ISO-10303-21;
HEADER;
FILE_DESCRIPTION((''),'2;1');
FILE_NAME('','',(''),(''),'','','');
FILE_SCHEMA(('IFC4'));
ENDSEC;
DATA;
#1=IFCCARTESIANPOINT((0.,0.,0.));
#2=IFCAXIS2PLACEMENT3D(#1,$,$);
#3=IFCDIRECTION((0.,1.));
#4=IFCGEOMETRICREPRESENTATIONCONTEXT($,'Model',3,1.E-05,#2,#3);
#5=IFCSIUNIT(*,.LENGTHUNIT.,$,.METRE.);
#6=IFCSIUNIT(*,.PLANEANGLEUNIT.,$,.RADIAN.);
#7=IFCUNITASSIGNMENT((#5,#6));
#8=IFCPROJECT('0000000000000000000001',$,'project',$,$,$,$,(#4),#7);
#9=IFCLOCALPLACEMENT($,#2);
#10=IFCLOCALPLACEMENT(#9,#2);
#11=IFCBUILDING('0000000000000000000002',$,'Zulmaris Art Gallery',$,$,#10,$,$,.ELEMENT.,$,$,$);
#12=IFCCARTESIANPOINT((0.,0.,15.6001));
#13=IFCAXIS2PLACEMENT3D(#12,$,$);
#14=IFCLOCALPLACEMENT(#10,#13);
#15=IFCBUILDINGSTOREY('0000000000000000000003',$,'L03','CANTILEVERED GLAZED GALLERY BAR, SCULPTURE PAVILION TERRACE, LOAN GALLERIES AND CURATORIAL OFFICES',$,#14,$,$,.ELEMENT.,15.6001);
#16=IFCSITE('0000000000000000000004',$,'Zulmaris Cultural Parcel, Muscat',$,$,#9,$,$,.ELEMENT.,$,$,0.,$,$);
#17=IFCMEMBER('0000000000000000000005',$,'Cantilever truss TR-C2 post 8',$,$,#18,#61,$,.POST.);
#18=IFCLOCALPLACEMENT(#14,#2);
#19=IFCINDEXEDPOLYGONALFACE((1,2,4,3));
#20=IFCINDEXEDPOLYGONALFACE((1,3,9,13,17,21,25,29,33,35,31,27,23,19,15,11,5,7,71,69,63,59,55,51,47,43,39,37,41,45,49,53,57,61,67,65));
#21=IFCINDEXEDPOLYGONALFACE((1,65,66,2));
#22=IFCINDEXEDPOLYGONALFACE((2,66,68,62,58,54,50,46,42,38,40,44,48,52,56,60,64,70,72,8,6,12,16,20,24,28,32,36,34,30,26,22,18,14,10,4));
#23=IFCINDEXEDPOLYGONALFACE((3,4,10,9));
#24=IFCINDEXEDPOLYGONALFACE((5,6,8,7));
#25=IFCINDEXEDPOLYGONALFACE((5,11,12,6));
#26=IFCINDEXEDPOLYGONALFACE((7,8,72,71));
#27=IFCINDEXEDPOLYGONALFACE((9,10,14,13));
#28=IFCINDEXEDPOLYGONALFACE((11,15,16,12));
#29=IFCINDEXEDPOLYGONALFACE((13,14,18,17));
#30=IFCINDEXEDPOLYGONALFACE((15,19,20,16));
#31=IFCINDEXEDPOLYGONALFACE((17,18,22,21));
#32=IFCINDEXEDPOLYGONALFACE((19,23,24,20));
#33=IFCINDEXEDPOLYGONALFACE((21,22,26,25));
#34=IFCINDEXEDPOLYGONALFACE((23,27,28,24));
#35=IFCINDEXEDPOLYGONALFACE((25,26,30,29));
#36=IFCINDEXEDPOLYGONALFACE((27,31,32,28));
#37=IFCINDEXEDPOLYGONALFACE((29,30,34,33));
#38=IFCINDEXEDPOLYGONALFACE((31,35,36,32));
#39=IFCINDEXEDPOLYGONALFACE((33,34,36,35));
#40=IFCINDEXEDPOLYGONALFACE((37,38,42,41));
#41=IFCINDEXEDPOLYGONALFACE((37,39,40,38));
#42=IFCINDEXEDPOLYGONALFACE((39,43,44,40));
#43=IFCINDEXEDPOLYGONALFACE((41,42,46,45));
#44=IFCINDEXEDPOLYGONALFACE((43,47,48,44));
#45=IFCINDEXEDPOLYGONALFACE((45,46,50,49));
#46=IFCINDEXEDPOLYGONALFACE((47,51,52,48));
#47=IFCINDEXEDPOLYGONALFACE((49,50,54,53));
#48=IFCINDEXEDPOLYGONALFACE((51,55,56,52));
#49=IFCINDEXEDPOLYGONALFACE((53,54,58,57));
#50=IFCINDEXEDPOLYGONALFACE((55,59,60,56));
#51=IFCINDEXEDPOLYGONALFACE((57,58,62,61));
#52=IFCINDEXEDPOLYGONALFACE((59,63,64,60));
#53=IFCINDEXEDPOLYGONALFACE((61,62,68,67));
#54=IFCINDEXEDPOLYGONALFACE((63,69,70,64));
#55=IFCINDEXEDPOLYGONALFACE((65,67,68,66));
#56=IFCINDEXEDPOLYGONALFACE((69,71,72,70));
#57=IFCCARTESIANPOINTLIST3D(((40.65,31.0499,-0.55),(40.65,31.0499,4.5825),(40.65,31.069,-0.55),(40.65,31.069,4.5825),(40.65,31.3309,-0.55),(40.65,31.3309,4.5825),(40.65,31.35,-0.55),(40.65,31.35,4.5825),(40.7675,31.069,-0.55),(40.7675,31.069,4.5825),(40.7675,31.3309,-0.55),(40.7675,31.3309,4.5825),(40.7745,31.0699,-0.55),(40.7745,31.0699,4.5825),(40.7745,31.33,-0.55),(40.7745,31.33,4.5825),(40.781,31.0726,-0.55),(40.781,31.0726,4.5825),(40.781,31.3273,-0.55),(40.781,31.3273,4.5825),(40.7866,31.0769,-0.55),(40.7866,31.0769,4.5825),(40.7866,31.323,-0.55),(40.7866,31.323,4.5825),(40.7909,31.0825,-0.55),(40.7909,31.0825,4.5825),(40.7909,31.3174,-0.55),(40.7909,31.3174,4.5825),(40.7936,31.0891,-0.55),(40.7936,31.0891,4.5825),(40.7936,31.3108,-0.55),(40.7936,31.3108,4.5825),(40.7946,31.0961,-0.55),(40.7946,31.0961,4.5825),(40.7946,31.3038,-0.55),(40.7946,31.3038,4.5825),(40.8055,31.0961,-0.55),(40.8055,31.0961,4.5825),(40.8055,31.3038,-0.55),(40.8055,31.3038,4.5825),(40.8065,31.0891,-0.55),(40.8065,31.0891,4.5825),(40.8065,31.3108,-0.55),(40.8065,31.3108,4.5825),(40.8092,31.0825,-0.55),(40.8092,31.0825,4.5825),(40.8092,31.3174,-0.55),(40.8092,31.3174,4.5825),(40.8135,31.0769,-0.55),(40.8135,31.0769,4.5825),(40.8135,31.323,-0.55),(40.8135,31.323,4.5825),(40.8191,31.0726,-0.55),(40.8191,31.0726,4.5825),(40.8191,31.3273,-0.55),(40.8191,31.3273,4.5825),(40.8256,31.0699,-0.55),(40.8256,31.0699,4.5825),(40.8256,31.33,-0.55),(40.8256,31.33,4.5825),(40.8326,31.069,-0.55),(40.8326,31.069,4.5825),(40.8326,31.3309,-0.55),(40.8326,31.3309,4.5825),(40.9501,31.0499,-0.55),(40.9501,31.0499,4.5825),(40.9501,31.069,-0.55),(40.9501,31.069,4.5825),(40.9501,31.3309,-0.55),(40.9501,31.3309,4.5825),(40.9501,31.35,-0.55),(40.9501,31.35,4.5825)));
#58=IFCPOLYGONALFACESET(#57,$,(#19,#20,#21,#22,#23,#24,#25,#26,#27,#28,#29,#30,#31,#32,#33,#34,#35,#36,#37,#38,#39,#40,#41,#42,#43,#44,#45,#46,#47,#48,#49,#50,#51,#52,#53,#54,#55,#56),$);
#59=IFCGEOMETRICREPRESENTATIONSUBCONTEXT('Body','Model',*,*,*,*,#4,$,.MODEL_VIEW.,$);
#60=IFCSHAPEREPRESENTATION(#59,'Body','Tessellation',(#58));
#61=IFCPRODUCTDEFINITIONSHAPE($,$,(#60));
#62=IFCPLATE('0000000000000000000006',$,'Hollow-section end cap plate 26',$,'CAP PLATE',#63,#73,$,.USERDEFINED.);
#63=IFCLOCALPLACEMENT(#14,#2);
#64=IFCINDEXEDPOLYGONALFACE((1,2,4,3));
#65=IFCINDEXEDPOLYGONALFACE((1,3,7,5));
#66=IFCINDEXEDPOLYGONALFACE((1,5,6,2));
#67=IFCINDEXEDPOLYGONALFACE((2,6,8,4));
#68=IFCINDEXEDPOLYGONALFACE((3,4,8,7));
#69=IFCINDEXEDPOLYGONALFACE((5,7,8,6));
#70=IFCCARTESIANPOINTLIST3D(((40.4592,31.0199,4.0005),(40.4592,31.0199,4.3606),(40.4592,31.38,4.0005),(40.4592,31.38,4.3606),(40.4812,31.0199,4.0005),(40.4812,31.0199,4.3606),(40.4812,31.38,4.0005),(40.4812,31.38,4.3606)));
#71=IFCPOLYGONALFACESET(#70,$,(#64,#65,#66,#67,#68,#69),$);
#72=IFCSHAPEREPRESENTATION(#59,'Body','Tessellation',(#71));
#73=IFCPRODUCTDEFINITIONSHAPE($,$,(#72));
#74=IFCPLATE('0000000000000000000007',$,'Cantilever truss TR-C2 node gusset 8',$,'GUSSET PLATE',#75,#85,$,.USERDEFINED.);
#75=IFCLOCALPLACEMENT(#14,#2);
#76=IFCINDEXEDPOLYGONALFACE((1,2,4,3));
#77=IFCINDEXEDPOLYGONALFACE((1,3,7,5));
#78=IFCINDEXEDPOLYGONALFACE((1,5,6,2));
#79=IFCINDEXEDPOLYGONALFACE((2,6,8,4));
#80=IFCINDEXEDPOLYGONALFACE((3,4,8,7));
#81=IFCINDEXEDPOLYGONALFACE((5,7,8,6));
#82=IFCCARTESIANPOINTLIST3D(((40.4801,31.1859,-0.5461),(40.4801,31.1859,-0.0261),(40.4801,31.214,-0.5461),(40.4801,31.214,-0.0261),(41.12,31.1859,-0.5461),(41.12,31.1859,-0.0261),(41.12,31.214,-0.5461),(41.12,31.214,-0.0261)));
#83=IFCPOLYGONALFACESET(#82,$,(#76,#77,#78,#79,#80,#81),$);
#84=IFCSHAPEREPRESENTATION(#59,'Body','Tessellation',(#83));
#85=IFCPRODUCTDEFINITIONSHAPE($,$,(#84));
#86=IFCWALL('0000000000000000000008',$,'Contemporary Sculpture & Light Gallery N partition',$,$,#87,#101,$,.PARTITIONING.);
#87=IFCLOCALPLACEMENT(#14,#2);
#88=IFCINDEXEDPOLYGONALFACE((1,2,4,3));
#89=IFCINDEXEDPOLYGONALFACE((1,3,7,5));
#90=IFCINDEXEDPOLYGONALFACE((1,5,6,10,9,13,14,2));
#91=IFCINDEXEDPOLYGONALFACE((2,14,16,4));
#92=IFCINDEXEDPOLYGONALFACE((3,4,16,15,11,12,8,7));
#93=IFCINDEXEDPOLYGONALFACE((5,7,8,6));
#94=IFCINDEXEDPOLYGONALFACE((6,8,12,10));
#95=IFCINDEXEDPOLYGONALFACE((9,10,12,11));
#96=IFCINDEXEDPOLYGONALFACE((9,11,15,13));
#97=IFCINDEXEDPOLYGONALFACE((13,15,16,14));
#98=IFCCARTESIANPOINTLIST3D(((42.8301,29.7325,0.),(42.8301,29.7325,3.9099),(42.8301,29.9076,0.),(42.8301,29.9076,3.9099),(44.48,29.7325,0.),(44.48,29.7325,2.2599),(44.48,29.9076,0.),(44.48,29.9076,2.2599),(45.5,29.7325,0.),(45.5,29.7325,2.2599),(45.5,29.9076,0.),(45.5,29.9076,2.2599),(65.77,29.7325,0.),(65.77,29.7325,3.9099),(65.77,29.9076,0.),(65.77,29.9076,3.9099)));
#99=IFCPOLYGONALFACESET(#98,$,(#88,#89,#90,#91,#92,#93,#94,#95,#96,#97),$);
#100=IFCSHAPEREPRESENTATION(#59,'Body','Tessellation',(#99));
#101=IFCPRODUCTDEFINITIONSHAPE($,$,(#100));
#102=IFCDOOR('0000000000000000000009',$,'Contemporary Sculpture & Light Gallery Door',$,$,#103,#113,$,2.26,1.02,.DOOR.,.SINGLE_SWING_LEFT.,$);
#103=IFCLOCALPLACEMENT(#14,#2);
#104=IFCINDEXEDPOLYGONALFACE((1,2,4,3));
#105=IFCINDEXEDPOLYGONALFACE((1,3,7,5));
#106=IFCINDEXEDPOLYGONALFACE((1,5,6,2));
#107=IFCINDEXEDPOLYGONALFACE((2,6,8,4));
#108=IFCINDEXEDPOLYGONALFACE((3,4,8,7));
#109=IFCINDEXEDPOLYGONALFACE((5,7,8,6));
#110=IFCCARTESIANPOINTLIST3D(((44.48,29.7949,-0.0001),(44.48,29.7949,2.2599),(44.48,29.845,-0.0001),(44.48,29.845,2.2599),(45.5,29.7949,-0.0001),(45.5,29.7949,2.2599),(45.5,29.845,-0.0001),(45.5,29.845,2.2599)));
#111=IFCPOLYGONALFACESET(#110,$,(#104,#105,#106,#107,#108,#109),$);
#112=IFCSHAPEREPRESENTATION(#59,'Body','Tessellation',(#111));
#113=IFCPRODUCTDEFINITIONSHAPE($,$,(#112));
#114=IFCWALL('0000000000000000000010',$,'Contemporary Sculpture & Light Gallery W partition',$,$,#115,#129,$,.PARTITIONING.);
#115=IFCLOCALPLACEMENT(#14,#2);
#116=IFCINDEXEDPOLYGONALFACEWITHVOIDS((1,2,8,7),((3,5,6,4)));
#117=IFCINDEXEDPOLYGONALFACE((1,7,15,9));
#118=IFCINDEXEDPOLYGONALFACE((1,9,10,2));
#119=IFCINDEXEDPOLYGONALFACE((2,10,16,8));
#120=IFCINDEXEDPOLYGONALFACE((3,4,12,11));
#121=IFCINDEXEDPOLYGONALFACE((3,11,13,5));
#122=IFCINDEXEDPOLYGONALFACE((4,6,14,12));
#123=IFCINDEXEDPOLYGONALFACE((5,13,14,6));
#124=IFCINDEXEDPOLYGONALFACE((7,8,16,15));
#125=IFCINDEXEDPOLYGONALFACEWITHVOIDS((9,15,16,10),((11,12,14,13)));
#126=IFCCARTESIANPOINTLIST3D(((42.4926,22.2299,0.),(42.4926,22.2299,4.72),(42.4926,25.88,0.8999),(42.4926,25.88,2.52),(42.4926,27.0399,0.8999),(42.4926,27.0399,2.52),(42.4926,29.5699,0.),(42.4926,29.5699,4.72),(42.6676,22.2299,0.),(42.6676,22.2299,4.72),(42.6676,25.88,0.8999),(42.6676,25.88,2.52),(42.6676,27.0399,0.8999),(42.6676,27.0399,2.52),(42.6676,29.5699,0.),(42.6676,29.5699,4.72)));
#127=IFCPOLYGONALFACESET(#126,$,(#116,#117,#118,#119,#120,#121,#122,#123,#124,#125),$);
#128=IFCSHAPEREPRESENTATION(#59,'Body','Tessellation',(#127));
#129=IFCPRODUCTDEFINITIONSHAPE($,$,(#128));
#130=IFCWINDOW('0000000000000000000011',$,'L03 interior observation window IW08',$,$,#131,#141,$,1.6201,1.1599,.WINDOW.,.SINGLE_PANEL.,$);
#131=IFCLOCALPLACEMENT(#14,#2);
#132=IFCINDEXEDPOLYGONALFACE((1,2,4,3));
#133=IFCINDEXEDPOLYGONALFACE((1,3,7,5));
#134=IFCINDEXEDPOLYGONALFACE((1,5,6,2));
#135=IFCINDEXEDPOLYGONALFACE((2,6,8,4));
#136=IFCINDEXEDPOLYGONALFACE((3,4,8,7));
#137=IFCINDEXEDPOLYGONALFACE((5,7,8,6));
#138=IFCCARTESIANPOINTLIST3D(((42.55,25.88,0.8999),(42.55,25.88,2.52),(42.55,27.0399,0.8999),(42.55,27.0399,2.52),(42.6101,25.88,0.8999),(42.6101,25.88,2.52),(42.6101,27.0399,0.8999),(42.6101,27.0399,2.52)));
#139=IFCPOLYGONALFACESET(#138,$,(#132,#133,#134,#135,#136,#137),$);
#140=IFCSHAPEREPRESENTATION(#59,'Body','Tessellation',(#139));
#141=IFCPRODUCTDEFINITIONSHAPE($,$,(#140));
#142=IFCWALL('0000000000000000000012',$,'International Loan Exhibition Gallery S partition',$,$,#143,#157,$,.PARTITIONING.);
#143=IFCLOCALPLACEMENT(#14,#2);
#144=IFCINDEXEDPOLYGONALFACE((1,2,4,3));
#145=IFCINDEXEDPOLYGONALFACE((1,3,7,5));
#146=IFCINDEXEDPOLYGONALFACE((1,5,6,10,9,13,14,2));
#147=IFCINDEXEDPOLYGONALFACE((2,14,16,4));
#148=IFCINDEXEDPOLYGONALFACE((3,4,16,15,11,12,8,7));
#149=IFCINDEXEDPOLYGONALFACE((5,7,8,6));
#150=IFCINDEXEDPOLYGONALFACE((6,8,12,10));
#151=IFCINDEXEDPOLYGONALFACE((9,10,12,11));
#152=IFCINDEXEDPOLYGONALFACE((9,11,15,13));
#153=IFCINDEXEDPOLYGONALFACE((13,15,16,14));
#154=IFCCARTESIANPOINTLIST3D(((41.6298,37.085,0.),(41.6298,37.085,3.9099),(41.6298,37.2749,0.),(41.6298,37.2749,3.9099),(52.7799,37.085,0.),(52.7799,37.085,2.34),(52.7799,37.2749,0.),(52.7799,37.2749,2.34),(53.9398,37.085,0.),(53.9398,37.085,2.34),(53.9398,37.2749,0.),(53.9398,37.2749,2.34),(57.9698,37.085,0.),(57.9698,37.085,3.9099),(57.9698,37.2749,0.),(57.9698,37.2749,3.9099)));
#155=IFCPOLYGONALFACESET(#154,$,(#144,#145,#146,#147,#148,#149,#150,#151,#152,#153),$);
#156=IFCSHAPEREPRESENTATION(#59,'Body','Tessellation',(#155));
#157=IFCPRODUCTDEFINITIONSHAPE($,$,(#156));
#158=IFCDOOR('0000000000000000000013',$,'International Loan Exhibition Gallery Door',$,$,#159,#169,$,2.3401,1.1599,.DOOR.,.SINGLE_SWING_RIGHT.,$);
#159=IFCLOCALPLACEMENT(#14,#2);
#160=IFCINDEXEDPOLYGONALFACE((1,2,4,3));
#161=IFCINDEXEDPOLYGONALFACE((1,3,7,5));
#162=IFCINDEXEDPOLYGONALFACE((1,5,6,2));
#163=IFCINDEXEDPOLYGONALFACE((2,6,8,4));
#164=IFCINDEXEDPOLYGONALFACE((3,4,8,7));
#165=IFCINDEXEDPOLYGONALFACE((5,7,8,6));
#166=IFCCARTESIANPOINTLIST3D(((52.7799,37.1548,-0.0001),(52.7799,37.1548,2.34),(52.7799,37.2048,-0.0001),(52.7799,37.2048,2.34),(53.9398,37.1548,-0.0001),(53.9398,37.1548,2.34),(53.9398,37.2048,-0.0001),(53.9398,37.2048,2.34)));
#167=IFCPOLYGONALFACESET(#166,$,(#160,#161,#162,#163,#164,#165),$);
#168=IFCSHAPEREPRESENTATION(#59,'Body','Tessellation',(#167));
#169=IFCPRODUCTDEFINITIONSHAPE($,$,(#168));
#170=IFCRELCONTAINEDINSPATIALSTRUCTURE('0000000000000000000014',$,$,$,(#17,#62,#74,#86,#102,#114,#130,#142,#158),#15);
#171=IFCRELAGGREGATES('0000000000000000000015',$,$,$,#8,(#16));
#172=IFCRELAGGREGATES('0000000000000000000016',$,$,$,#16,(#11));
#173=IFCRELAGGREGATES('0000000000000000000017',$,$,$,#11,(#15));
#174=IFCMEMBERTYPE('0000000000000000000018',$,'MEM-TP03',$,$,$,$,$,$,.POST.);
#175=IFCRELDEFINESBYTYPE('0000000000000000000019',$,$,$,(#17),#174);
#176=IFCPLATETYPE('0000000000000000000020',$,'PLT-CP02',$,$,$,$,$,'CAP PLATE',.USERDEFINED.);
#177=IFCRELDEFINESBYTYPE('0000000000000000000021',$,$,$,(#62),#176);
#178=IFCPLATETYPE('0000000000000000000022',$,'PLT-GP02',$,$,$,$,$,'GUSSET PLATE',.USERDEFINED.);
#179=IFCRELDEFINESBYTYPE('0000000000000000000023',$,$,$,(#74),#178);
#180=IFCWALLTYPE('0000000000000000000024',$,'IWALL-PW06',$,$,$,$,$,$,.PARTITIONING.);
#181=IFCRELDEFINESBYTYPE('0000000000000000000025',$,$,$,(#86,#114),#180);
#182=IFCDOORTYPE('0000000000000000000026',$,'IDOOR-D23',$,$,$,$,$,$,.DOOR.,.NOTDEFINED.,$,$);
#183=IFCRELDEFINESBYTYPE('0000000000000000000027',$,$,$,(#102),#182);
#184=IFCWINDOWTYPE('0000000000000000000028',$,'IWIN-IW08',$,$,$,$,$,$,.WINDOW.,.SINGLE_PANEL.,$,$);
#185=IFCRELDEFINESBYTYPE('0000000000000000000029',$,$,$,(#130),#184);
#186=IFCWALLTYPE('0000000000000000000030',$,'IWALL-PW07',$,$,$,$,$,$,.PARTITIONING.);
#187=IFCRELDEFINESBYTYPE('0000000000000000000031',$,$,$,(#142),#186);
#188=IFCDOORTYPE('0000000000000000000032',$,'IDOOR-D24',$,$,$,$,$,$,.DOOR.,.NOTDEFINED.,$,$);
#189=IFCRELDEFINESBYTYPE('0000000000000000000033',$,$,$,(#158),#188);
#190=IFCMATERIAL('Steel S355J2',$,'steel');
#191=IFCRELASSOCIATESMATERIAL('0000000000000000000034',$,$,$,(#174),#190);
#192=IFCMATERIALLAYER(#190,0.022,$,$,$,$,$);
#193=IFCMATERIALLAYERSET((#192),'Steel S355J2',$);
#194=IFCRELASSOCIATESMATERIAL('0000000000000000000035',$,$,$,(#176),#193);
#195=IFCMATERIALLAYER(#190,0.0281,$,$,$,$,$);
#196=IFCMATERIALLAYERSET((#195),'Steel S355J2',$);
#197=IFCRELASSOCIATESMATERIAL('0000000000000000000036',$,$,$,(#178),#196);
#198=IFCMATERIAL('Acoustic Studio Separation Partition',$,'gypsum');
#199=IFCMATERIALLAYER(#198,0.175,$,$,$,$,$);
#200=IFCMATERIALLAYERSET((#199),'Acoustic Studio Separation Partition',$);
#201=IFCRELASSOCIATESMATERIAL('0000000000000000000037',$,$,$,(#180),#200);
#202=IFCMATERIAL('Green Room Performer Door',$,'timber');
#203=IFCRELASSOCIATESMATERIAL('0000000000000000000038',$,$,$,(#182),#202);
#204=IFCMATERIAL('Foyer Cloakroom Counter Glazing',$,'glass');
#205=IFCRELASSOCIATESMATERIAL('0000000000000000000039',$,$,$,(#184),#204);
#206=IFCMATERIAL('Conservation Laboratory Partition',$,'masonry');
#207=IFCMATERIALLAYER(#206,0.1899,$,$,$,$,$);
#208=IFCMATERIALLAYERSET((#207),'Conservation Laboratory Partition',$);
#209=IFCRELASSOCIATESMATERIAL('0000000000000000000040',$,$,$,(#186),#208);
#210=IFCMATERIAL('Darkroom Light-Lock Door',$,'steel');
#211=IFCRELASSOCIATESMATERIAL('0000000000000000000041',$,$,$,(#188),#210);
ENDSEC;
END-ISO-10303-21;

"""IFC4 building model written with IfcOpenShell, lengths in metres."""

from ifc_helpers import new_model, si_unit, direction, frame, frame_2d, origin, origin_2d, place, context, subcontext, project, spatial, rectangle, i_section, extrude, material, layer, layer_set, material_profile, profile_set, type_object, element, fill, save


model = new_model("IFC4")

# Units and contexts
model_context = context("Model", 3, precision=1e-05, world=origin(), true_north=direction((0.0, 1.0)))
body_context = subcontext(model_context, "Body", "Model", "MODEL_VIEW")
ifc_project = project(units=[si_unit("LENGTHUNIT", "METRE"), si_unit("PLANEANGLEUNIT", "RADIAN")], contexts=[model_context])

# Site, building, storey
site_placement = place(None, origin())
site = spatial("IfcSite", under=ifc_project, at=site_placement, Name="Zulmaris Cultural Parcel, Muscat", CompositionType="ELEMENT", RefElevation=0.0)
building_placement = place(site_placement, origin())
building = spatial("IfcBuilding", under=site, at=building_placement, Name="Zulmaris Art Gallery", CompositionType="ELEMENT")
storey_placement = place(building_placement, frame((0.0, 0.0, 15.6001)))
storey = spatial("IfcBuildingStorey", under=building, at=storey_placement, Name="L03", Description="CANTILEVERED GLAZED GALLERY BAR, SCULPTURE PAVILION TERRACE, LOAN GALLERIES AND CURATORIAL OFFICES", CompositionType="ELEMENT", Elevation=15.6001)

# Shared definitions
ifc_material_1 = material(Name="Steel S355J2", Category="steel")

# Member
ifc_material_profile_1 = material_profile(ifc_material_1, i_section(OverallWidth=0.3, OverallDepth=0.3, WebThickness=0.011, FlangeThickness=0.019, FilletRadius=0.0271, at=origin_2d()), Name="HEB 300")
ifc_profile_set_1 = profile_set([ifc_material_profile_1], Name="Steel S355J2")
member_type = type_object("IfcMemberType", Name="MEM-TP03", PredefinedType="POST", material=ifc_profile_set_1)
member_placement = place(storey_placement, frame((40.8, 31.2, -0.55), z_axis=(0.0, 0.0, 1.0), x_axis=(1.0, 0.0, 0.0)))
element("IfcMember", 1, at=member_placement, inside=storey, type_object=member_type, Name="Cantilever truss TR-C2 post 8", PredefinedType="POST", context=body_context, shape_type="SweptSolid", body=[
    extrude(i_section(OverallWidth=0.3, OverallDepth=0.3, WebThickness=0.011, FlangeThickness=0.019, FilletRadius=0.0271, at=origin_2d()), origin(), (0.0, 0.0, 1.0), 5.1326),
])

# Plates
ifc_layer_1 = layer(ifc_material_1, 0.022)
ifc_layer_set_1 = layer_set([ifc_layer_1], Name="Steel S355J2")
plate_type_1 = type_object("IfcPlateType", Name="PLT-CP02", ElementType="CAP PLATE", PredefinedType="USERDEFINED", material=ifc_layer_set_1)
plate_1_placement = place(storey_placement, frame((40.4702, 31.2, 4.0005), z_axis=(0.0, 0.0, 1.0), x_axis=(1.0, 0.0, 0.0)))
element("IfcPlate", 2, at=plate_1_placement, inside=storey, type_object=plate_type_1, Name="Hollow-section end cap plate 26", ObjectType="CAP PLATE", PredefinedType="USERDEFINED", context=body_context, shape_type="SweptSolid", body=[
    extrude(rectangle(XDim=0.022, YDim=0.3601, at=origin_2d()), origin(), (0.0, 0.0, 1.0), 0.3601),
])
ifc_layer_2 = layer(ifc_material_1, 0.0281)
ifc_layer_set_2 = layer_set([ifc_layer_2], Name="Steel S355J2")
plate_type_2 = type_object("IfcPlateType", Name="PLT-GP02", ElementType="GUSSET PLATE", PredefinedType="USERDEFINED", material=ifc_layer_set_2)
plate_2_placement = place(storey_placement, frame((40.8, 31.2, -0.5461), z_axis=(0.0, 0.0, 1.0), x_axis=(1.0, 0.0, 0.0)))
element("IfcPlate", 3, at=plate_2_placement, inside=storey, type_object=plate_type_2, Name="Cantilever truss TR-C2 node gusset 8", ObjectType="GUSSET PLATE", PredefinedType="USERDEFINED", context=body_context, shape_type="SweptSolid", body=[
    extrude(rectangle(XDim=0.6399, YDim=0.0281, at=origin_2d()), origin(), (0.0, 0.0, 1.0), 0.52),
])

# Wall, opening, door
ifc_material_2 = material(Name="Acoustic Studio Separation Partition", Category="gypsum")
ifc_layer_3 = layer(ifc_material_2, 0.175)
ifc_layer_set_3 = layer_set([ifc_layer_3], Name="Acoustic Studio Separation Partition")
wall_type_1 = type_object("IfcWallType", Name="IWALL-PW06", PredefinedType="PARTITIONING", material=ifc_layer_set_3)
wall_1_placement = place(storey_placement, frame((42.8301, 29.8201, 0.0), z_axis=(0.0, 0.0, 1.0), x_axis=(1.0, 0.0, 0.0)))
wall_1 = element("IfcWall", 4, at=wall_1_placement, inside=storey, type_object=wall_type_1, Name="Contemporary Sculpture & Light Gallery N partition", PredefinedType="PARTITIONING", context=body_context, shape_type="SweptSolid", body=[
    extrude(rectangle(XDim=22.9399, YDim=0.175, at=frame_2d((11.47, 0.0))), origin(), (0.0, 0.0, 1.0), 3.9099),
])
opening_1_placement = place(wall_1_placement, frame((1.6499, 0.0, 0.0)))
opening_1 = element("IfcOpeningElement", 5, at=opening_1_placement, cuts=wall_1, PredefinedType="OPENING", context=body_context, shape_type="SweptSolid", body=[
    extrude(rectangle(XDim=1.02, YDim=2.26, at=frame_2d((0.51, 1.1299))), frame((0.0, 0.0974, 0.0), z_axis=(0.0, -1.0, 0.0), x_axis=(1.0, 0.0, 0.0)), (0.0, 0.0, 1.0), 0.1951),
])
ifc_material_3 = material(Name="Green Room Performer Door", Category="timber")
door_type_1 = type_object("IfcDoorType", Name="IDOOR-D23", OperationType="NOTDEFINED", PredefinedType="DOOR", material=ifc_material_3)
door_1_placement = place(opening_1_placement, origin())
door_1 = element("IfcDoor", 6, at=door_1_placement, inside=storey, type_object=door_type_1, Name="Contemporary Sculpture & Light Gallery Door", OperationType="SINGLE_SWING_LEFT", OverallHeight=2.26, OverallWidth=1.02, PredefinedType="DOOR", context=body_context, shape_type="SweptSolid", body=[
    extrude(rectangle(XDim=1.02, YDim=2.26, at=frame_2d((0.51, 1.1299))), frame((0.0, 0.0249, 0.0), z_axis=(0.0, -1.0, 0.0), x_axis=(1.0, 0.0, 0.0)), (0.0, 0.0, 1.0), 0.05),
])
fill(opening_1, door_1)

# Wall, opening, window
wall_2_placement = place(storey_placement, frame((42.5801, 22.23, 0.0), z_axis=(0.0, 0.0, 1.0), x_axis=(0.0, 1.0, 0.0)))
wall_2 = element("IfcWall", 7, at=wall_2_placement, inside=storey, type_object=wall_type_1, Name="Contemporary Sculpture & Light Gallery W partition", PredefinedType="PARTITIONING", context=body_context, shape_type="SweptSolid", body=[
    extrude(rectangle(XDim=7.3401, YDim=0.175, at=frame_2d((3.6699, 0.0))), origin(), (0.0, 0.0, 1.0), 4.72),
])
opening_2_placement = place(wall_2_placement, frame((3.6499, 0.0, 0.8999)))
opening_2 = element("IfcOpeningElement", 8, at=opening_2_placement, cuts=wall_2, PredefinedType="OPENING", context=body_context, shape_type="SweptSolid", body=[
    extrude(rectangle(XDim=1.1599, YDim=1.6201, at=frame_2d((0.5801, 0.8101))), frame((0.0, 0.0974, 0.0), z_axis=(0.0, -1.0, 0.0), x_axis=(1.0, 0.0, 0.0)), (0.0, 0.0, 1.0), 0.1951),
])
ifc_material_4 = material(Name="Foyer Cloakroom Counter Glazing", Category="glass")
window_type = type_object("IfcWindowType", Name="IWIN-IW08", PartitioningType="SINGLE_PANEL", PredefinedType="WINDOW", material=ifc_material_4)
window_placement = place(opening_2_placement, origin())
window = element("IfcWindow", 9, at=window_placement, inside=storey, type_object=window_type, Name="L03 interior observation window IW08", OverallHeight=1.6201, OverallWidth=1.1599, PartitioningType="SINGLE_PANEL", PredefinedType="WINDOW", context=body_context, shape_type="SweptSolid", body=[
    extrude(rectangle(XDim=1.1599, YDim=1.6201, at=frame_2d((0.5801, 0.8101))), frame((0.0, 0.03, 0.0), z_axis=(0.0, -1.0, 0.0), x_axis=(1.0, 0.0, 0.0)), (0.0, 0.0, 1.0), 0.0601),
])
fill(opening_2, window)

# Wall, opening, door
ifc_material_5 = material(Name="Conservation Laboratory Partition", Category="masonry")
ifc_layer_4 = layer(ifc_material_5, 0.1899)
ifc_layer_set_4 = layer_set([ifc_layer_4], Name="Conservation Laboratory Partition")
wall_type_2 = type_object("IfcWallType", Name="IWALL-PW07", PredefinedType="PARTITIONING", material=ifc_layer_set_4)
wall_3_placement = place(storey_placement, frame((41.6299, 37.1799, 0.0), z_axis=(0.0, 0.0, 1.0), x_axis=(1.0, 0.0, 0.0)))
wall_3 = element("IfcWall", 10, at=wall_3_placement, inside=storey, type_object=wall_type_2, Name="International Loan Exhibition Gallery S partition", PredefinedType="PARTITIONING", context=body_context, shape_type="SweptSolid", body=[
    extrude(rectangle(XDim=16.3401, YDim=0.1899, at=frame_2d((8.1699, 0.0))), origin(), (0.0, 0.0, 1.0), 3.9099),
])
opening_3_placement = place(wall_3_placement, frame((11.1499, 0.0, 0.0)))
opening_3 = element("IfcOpeningElement", 11, at=opening_3_placement, cuts=wall_3, PredefinedType="OPENING", context=body_context, shape_type="SweptSolid", body=[
    extrude(rectangle(XDim=1.1599, YDim=2.3401, at=frame_2d((0.5801, 1.1699))), frame((0.0, 0.105, 0.0), z_axis=(0.0, -1.0, 0.0), x_axis=(1.0, 0.0, 0.0)), (0.0, 0.0, 1.0), 0.21),
])
ifc_material_6 = material(Name="Darkroom Light-Lock Door", Category="steel")
door_type_2 = type_object("IfcDoorType", Name="IDOOR-D24", OperationType="NOTDEFINED", PredefinedType="DOOR", material=ifc_material_6)
door_2_placement = place(opening_3_placement, origin())
door_2 = element("IfcDoor", 12, at=door_2_placement, inside=storey, type_object=door_type_2, Name="International Loan Exhibition Gallery Door", OperationType="SINGLE_SWING_RIGHT", OverallHeight=2.3401, OverallWidth=1.1599, PredefinedType="DOOR", context=body_context, shape_type="SweptSolid", body=[
    extrude(rectangle(XDim=1.1599, YDim=2.3401, at=frame_2d((0.5801, 1.1699))), frame((0.0, 0.0249, 0.0), z_axis=(0.0, -1.0, 0.0), x_axis=(1.0, 0.0, 0.0)), (0.0, 0.0, 1.0), 0.05),
])
fill(opening_3, door_2)

save(model, "model.ifc")
